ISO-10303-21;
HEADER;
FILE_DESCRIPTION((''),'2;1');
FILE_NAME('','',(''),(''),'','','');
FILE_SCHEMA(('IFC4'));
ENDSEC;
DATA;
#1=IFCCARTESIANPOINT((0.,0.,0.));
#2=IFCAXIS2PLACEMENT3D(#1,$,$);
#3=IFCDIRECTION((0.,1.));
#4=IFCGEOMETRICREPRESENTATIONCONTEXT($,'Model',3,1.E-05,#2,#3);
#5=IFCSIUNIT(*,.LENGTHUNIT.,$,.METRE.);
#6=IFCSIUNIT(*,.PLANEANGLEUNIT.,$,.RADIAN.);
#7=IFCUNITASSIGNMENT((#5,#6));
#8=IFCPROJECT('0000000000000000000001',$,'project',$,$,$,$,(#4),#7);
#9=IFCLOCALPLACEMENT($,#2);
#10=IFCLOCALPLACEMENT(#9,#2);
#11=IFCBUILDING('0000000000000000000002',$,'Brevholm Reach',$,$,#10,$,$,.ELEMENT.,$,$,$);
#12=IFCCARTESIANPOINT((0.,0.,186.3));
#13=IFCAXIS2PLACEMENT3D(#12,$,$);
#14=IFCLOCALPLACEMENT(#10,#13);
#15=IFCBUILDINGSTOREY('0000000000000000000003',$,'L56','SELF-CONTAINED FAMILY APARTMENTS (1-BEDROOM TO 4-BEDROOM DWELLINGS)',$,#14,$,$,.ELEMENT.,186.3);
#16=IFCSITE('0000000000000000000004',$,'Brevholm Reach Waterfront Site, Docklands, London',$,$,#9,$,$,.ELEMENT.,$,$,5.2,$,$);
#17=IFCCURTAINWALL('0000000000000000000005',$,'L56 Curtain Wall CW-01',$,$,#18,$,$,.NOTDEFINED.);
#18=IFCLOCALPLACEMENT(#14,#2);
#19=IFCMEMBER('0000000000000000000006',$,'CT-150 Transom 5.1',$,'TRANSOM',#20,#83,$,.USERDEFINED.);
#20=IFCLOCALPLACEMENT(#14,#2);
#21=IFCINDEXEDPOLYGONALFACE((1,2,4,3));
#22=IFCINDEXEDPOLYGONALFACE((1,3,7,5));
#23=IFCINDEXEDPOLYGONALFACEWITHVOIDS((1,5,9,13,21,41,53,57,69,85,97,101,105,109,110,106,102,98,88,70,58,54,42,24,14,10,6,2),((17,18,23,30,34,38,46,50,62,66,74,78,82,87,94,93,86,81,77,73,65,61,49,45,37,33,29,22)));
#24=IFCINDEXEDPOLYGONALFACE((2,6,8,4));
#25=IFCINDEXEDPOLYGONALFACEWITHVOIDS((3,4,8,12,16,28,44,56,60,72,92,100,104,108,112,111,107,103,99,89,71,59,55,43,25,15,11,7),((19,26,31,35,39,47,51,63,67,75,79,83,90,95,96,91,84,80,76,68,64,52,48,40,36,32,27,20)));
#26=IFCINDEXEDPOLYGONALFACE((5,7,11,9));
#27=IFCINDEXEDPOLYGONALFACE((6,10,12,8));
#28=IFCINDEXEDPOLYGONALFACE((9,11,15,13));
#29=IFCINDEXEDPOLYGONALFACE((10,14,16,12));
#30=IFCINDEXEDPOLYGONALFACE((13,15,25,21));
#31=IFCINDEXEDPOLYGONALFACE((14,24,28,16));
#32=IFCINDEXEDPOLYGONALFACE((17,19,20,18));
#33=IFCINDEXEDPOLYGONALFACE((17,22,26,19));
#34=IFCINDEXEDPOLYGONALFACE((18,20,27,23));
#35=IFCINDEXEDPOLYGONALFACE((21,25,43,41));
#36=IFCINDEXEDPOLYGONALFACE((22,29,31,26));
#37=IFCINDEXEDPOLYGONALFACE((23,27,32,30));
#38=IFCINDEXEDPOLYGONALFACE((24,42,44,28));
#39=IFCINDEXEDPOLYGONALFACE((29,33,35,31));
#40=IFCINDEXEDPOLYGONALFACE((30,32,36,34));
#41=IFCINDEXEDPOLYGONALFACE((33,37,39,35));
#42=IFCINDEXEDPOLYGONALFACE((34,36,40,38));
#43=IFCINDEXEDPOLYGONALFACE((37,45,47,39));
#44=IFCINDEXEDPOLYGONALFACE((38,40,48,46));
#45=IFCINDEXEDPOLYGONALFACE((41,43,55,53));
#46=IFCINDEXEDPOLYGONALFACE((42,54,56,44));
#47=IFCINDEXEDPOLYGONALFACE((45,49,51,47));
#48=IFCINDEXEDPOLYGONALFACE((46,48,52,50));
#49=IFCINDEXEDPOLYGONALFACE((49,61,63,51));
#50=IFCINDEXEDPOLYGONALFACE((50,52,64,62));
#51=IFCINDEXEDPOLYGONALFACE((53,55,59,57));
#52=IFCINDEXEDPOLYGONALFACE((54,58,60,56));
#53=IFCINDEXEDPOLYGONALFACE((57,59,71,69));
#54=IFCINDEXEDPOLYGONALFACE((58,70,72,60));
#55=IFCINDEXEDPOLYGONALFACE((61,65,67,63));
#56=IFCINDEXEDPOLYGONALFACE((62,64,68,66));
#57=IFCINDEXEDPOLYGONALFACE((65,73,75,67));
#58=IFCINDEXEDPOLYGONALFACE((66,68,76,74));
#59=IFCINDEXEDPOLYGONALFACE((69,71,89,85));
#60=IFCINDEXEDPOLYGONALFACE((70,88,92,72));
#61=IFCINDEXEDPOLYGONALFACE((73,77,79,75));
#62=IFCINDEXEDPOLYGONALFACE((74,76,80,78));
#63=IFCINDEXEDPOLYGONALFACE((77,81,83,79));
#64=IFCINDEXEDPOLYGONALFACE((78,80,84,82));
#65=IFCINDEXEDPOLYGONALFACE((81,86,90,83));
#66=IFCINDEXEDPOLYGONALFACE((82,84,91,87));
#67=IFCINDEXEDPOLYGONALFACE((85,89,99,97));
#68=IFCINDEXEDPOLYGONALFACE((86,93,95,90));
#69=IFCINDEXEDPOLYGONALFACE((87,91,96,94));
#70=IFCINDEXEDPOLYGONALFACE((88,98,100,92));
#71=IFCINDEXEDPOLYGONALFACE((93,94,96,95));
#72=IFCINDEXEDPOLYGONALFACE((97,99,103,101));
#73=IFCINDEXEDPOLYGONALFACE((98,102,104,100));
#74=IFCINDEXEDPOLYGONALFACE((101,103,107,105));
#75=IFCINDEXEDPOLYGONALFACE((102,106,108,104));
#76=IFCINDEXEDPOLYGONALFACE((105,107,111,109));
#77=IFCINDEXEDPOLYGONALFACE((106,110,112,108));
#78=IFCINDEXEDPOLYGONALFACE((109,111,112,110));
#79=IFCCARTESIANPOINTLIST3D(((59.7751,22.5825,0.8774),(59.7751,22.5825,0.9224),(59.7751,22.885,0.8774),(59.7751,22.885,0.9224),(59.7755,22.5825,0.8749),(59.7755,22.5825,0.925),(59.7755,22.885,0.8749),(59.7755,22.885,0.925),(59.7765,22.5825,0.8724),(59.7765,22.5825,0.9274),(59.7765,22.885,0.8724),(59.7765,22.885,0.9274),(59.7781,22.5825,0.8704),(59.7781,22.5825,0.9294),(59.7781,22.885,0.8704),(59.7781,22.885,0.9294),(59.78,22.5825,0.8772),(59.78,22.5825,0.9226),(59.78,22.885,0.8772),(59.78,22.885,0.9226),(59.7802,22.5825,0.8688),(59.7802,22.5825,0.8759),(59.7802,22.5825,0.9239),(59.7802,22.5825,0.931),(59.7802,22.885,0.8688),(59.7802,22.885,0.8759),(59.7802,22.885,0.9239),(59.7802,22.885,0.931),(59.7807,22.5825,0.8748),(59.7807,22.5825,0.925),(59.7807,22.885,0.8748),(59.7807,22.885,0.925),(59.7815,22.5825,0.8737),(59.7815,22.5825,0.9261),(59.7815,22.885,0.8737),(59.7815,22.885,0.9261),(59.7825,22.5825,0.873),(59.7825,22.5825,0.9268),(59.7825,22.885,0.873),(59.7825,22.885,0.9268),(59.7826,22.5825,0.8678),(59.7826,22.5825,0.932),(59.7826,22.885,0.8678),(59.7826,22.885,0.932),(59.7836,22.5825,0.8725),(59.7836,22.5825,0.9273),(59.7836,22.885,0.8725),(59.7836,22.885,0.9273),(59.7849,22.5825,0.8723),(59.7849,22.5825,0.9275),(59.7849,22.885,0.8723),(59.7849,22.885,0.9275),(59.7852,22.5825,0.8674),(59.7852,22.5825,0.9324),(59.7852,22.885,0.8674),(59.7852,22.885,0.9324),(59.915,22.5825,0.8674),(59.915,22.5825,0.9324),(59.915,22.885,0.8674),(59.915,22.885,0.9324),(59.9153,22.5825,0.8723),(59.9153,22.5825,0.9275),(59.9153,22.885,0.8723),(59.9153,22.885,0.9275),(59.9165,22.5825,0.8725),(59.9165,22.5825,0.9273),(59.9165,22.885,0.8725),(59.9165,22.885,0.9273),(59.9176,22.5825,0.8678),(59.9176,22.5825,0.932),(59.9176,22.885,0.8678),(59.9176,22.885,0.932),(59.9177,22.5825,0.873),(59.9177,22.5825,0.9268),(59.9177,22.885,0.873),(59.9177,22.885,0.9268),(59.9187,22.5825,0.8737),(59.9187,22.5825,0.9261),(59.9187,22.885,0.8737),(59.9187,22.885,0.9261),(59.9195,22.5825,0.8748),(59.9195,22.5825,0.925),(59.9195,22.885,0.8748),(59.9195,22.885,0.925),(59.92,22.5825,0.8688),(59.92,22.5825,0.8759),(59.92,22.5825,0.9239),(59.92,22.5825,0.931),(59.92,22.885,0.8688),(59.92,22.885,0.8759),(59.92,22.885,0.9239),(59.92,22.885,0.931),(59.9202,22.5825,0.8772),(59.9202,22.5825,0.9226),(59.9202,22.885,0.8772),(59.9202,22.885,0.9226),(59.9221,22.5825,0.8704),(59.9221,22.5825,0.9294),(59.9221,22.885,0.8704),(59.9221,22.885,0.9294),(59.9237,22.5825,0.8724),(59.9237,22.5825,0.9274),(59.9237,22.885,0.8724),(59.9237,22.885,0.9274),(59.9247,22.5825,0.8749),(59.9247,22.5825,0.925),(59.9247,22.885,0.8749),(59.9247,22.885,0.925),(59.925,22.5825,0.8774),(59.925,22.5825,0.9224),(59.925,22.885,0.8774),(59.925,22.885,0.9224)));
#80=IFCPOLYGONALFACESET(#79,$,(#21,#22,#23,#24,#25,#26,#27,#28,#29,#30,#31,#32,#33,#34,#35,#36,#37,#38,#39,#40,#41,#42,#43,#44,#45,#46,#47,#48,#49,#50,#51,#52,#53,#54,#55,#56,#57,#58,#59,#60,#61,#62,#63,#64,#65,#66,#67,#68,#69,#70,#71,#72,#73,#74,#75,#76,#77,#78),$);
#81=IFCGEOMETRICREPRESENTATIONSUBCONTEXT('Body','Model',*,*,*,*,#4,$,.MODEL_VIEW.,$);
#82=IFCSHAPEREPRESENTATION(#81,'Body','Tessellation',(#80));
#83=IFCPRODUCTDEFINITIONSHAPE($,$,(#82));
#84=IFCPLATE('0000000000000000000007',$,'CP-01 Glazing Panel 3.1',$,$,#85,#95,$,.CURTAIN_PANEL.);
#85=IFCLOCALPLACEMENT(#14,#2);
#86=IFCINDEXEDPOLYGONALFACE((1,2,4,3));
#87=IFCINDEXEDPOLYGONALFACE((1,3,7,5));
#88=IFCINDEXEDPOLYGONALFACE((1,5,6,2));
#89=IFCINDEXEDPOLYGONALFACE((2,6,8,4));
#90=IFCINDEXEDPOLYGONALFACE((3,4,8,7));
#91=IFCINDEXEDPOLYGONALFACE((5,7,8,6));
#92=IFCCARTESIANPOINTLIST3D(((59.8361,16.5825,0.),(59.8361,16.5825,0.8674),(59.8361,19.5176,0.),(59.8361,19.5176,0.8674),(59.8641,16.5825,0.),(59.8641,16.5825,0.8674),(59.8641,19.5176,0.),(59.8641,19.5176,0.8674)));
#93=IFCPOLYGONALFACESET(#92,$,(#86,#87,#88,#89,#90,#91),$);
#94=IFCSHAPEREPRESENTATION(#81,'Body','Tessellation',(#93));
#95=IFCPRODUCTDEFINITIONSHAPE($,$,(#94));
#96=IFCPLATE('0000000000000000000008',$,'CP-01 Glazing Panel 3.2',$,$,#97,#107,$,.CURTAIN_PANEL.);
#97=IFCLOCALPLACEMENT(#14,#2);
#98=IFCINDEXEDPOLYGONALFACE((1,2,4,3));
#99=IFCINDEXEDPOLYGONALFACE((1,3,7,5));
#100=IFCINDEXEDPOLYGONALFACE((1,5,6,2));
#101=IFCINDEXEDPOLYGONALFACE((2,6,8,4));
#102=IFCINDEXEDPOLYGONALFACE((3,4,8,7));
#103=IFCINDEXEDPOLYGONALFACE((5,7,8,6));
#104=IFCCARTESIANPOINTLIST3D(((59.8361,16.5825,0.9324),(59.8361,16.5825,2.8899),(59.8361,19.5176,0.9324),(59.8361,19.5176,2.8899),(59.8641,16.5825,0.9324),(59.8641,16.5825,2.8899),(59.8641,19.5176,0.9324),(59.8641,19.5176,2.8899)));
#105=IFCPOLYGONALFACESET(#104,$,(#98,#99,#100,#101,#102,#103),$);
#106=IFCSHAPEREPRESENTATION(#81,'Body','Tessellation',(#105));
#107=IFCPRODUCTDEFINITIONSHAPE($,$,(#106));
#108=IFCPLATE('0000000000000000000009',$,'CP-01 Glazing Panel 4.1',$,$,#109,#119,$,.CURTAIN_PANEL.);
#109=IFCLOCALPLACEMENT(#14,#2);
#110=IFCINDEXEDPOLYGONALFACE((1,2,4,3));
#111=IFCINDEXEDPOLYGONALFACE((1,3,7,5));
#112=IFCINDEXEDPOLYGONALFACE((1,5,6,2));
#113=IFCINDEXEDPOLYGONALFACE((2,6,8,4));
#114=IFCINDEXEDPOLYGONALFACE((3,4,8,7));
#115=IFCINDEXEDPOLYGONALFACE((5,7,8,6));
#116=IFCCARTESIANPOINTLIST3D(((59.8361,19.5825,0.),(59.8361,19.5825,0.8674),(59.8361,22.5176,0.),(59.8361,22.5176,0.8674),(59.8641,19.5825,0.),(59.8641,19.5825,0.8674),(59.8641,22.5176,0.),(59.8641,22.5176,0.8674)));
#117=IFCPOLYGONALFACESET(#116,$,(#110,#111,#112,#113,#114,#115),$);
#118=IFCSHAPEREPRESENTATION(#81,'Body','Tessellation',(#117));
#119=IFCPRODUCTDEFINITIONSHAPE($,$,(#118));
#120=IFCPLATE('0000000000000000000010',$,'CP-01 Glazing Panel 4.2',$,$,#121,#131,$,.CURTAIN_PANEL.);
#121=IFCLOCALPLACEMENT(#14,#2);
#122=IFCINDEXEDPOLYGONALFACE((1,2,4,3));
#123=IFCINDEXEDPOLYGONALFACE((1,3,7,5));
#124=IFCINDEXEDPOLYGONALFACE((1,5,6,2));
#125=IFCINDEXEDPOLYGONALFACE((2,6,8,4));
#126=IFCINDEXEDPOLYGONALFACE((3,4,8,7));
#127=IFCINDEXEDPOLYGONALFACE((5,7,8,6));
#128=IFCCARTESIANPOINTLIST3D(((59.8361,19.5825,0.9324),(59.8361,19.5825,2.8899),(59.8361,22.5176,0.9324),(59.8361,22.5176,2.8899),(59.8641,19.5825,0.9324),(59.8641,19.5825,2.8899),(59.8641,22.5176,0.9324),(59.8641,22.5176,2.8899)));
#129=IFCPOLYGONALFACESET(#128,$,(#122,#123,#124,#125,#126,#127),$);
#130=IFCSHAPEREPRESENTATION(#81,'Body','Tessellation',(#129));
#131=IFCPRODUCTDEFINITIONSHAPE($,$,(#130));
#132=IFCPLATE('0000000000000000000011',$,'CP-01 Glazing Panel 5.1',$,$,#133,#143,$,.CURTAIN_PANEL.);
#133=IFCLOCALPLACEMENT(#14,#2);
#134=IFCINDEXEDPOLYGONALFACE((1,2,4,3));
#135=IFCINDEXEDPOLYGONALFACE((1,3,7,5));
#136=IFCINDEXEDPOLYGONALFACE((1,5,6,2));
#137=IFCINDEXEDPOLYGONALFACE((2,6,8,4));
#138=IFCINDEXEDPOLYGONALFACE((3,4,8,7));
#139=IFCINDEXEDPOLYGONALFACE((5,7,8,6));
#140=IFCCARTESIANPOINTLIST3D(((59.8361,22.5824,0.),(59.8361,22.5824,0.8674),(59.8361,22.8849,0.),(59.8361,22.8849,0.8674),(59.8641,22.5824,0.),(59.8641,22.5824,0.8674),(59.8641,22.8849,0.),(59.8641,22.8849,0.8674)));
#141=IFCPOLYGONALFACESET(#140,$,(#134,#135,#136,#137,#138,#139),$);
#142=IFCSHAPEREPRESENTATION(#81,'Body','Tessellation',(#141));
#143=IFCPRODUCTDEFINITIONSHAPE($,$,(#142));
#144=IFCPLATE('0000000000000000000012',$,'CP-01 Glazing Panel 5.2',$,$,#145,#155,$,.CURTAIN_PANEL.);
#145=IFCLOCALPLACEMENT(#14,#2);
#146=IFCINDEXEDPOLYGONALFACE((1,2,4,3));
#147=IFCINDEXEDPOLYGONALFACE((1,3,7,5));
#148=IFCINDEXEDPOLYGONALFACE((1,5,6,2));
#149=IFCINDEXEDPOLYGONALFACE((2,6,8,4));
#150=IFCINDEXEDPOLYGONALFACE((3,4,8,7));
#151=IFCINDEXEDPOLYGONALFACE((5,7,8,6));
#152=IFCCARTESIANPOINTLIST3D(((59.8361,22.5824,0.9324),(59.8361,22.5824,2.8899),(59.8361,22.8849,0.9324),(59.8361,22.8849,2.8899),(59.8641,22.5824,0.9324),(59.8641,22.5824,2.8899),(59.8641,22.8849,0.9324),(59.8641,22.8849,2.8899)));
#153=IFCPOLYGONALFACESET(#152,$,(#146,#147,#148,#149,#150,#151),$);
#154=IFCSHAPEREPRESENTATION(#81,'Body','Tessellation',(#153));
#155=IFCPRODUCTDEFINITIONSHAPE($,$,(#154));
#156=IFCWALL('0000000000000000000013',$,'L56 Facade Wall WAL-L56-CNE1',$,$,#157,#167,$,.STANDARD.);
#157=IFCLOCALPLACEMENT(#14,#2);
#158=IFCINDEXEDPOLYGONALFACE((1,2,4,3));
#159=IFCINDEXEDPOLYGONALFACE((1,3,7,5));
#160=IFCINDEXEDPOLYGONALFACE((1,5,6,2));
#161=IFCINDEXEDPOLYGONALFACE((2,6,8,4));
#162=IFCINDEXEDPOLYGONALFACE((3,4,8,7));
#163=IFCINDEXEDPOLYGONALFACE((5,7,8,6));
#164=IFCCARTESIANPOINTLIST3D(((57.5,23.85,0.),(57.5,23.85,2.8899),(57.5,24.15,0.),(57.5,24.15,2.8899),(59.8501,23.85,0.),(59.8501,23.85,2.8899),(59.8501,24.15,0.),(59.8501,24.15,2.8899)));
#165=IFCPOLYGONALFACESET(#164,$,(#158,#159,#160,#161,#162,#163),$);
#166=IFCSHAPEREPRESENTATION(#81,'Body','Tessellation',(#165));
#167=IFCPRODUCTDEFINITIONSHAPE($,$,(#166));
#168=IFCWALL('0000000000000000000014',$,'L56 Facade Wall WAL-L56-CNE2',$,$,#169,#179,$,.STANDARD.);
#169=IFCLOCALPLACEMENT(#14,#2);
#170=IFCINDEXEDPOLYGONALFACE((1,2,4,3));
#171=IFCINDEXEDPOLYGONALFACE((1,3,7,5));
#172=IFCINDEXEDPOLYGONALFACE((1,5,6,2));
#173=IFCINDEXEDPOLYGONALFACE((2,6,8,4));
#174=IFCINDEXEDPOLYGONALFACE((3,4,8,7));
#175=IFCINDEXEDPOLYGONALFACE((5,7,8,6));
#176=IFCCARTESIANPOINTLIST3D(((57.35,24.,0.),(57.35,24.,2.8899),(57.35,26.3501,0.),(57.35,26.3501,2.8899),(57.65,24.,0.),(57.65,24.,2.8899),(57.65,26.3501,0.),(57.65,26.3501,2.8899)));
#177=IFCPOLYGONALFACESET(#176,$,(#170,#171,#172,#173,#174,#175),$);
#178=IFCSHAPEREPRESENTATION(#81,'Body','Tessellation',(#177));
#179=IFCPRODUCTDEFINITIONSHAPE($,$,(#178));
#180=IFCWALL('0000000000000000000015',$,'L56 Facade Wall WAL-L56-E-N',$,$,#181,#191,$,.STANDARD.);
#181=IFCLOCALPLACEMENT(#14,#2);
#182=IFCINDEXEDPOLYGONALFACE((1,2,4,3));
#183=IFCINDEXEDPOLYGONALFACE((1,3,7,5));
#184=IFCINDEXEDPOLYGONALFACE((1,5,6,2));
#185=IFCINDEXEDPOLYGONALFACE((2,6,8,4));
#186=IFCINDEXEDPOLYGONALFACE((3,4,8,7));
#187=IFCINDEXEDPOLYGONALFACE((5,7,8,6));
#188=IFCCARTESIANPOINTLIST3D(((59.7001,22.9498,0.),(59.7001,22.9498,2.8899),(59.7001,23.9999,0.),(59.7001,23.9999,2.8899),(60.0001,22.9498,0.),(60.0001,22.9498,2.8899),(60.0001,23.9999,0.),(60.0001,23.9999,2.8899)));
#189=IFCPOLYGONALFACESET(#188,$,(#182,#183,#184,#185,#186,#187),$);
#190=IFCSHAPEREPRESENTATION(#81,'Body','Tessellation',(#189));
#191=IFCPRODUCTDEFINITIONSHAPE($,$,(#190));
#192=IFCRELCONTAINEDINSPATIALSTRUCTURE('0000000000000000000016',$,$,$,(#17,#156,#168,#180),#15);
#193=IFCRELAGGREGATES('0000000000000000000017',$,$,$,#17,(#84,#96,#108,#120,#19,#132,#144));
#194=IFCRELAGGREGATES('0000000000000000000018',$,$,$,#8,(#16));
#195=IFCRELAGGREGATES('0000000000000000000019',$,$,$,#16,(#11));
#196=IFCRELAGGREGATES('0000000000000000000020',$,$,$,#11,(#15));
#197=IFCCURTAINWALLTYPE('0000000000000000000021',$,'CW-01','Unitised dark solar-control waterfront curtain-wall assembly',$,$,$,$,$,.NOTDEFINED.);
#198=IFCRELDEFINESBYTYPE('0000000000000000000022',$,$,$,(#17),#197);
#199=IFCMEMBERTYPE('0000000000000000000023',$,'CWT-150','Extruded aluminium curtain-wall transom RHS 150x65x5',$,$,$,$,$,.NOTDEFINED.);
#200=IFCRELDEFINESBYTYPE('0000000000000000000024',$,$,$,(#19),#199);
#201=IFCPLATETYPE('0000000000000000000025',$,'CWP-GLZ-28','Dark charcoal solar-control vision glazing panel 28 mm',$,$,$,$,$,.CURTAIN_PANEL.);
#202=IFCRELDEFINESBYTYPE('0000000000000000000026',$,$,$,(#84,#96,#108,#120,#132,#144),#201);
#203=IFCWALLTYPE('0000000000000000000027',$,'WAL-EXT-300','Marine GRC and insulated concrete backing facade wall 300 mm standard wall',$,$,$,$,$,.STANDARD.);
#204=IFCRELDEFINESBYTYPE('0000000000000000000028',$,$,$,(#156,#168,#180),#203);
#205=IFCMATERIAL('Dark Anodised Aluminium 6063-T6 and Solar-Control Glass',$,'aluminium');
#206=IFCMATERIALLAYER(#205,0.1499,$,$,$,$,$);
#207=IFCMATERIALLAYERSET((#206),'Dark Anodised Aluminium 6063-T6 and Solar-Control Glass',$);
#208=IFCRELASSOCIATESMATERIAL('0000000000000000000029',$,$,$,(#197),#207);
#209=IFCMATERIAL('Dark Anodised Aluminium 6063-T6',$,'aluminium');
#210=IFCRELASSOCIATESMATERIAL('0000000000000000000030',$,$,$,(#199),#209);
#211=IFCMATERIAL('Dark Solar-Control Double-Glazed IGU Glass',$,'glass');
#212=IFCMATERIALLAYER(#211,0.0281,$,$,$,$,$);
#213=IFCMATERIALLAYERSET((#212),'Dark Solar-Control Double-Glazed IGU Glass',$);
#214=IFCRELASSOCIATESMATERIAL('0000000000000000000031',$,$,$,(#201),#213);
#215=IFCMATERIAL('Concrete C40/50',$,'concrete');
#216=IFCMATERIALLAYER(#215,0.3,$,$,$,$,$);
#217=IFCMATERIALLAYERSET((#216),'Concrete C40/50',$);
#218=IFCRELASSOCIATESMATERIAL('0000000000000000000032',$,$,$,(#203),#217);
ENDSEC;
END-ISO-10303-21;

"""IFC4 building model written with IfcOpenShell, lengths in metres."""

from ifc_helpers import new_model, si_unit, direction, frame, frame_2d, origin, origin_2d, place, context, subcontext, project, spatial, rectangle, hollow_rectangle, extrude, material, layer, layer_set, material_profile, profile_set, type_object, element, aggregate, save


model = new_model("IFC4")

# Units and contexts
model_context = context("Model", 3, precision=1e-05, world=origin(), true_north=direction((0.0, 1.0)))
body_context = subcontext(model_context, "Body", "Model", "MODEL_VIEW")
ifc_project = project(units=[si_unit("LENGTHUNIT", "METRE"), si_unit("PLANEANGLEUNIT", "RADIAN")], contexts=[model_context])

# Site, building, storey
site_placement = place(None, origin())
site = spatial("IfcSite", under=ifc_project, at=site_placement, Name="Brevholm Reach Waterfront Site, Docklands, London", CompositionType="ELEMENT", RefElevation=5.2)
building_placement = place(site_placement, origin())
building = spatial("IfcBuilding", under=site, at=building_placement, Name="Brevholm Reach", CompositionType="ELEMENT")
storey_placement = place(building_placement, frame((0.0, 0.0, 186.3)))
storey = spatial("IfcBuildingStorey", under=building, at=storey_placement, Name="L56", Description="SELF-CONTAINED FAMILY APARTMENTS (1-BEDROOM TO 4-BEDROOM DWELLINGS)", CompositionType="ELEMENT", Elevation=186.3)

# Curtain wall, member, plates
ifc_material_1 = material(Name="Dark Anodised Aluminium 6063-T6 and Solar-Control Glass", Category="aluminium")
ifc_layer_1 = layer(ifc_material_1, 0.1499)
ifc_layer_set_1 = layer_set([ifc_layer_1], Name="Dark Anodised Aluminium 6063-T6 and Solar-Control Glass")
curtain_wall_type = type_object("IfcCurtainWallType", Name="CW-01", Description="Unitised dark solar-control waterfront curtain-wall assembly", PredefinedType="NOTDEFINED", material=ifc_layer_set_1)
curtain_wall_placement = place(storey_placement, origin())
curtain_wall = element("IfcCurtainWall", 1, at=curtain_wall_placement, inside=storey, type_object=curtain_wall_type, Name="L56 Curtain Wall CW-01", PredefinedType="NOTDEFINED")
ifc_material_2 = material(Name="Dark Anodised Aluminium 6063-T6", Category="aluminium")
ifc_material_profile_1 = material_profile(ifc_material_2, hollow_rectangle(XDim=0.0649, YDim=0.1499, WallThickness=0.0049, InnerFilletRadius=0.0049, OuterFilletRadius=0.01, at=origin_2d()), Name="RHS 150x65x5")
ifc_profile_set_1 = profile_set([ifc_material_profile_1], Name="Dark Anodised Aluminium 6063-T6")
member_type_1 = type_object("IfcMemberType", Name="CWT-150", Description="Extruded aluminium curtain-wall transom RHS 150x65x5", PredefinedType="NOTDEFINED", material=ifc_profile_set_1)
member_1_placement = place(storey_placement, frame((59.8501, 22.5825, 0.8999), z_axis=(0.0, 1.0, 0.0), x_axis=(0.0, 0.0, 1.0)))
member_1 = element("IfcMember", 2, at=member_1_placement, type_object=member_type_1, Name="CT-150 Transom 5.1", ObjectType="TRANSOM", PredefinedType="USERDEFINED", context=body_context, shape_type="SweptSolid", body=[
    extrude(hollow_rectangle(XDim=0.0649, YDim=0.1499, WallThickness=0.0049, InnerFilletRadius=0.0049, OuterFilletRadius=0.01, at=origin_2d()), origin(), (0.0, 0.0, 1.0), 0.3025),
])
ifc_material_3 = material(Name="Dark Solar-Control Double-Glazed IGU Glass", Category="glass")
ifc_layer_2 = layer(ifc_material_3, 0.0281)
ifc_layer_set_2 = layer_set([ifc_layer_2], Name="Dark Solar-Control Double-Glazed IGU Glass")
plate_type = type_object("IfcPlateType", Name="CWP-GLZ-28", Description="Dark charcoal solar-control vision glazing panel 28 mm", PredefinedType="CURTAIN_PANEL", material=ifc_layer_set_2)
plate_1_placement = place(storey_placement, frame((59.8501, 18.05, 0.0), z_axis=(0.0, 0.0, 1.0), x_axis=(0.0, 1.0, 0.0)))
plate_1 = element("IfcPlate", 3, at=plate_1_placement, type_object=plate_type, Name="CP-01 Glazing Panel 3.1", PredefinedType="CURTAIN_PANEL", context=body_context, shape_type="SweptSolid", body=[
    extrude(rectangle(XDim=2.9351, YDim=0.0281, at=origin_2d()), origin(), (0.0, 0.0, 1.0), 0.8674),
])
plate_2_placement = place(storey_placement, frame((59.8501, 18.05, 0.9324), z_axis=(0.0, 0.0, 1.0), x_axis=(0.0, 1.0, 0.0)))
plate_2 = element("IfcPlate", 4, at=plate_2_placement, type_object=plate_type, Name="CP-01 Glazing Panel 3.2", PredefinedType="CURTAIN_PANEL", context=body_context, shape_type="SweptSolid", body=[
    extrude(rectangle(XDim=2.9351, YDim=0.0281, at=origin_2d()), origin(), (0.0, 0.0, 1.0), 1.9575),
])
plate_3_placement = place(storey_placement, frame((59.8501, 21.05, 0.0), z_axis=(0.0, 0.0, 1.0), x_axis=(0.0, 1.0, 0.0)))
plate_3 = element("IfcPlate", 5, at=plate_3_placement, type_object=plate_type, Name="CP-01 Glazing Panel 4.1", PredefinedType="CURTAIN_PANEL", context=body_context, shape_type="SweptSolid", body=[
    extrude(rectangle(XDim=2.9351, YDim=0.0281, at=origin_2d()), origin(), (0.0, 0.0, 1.0), 0.8674),
])
plate_4_placement = place(storey_placement, frame((59.8501, 21.05, 0.9324), z_axis=(0.0, 0.0, 1.0), x_axis=(0.0, 1.0, 0.0)))
plate_4 = element("IfcPlate", 6, at=plate_4_placement, type_object=plate_type, Name="CP-01 Glazing Panel 4.2", PredefinedType="CURTAIN_PANEL", context=body_context, shape_type="SweptSolid", body=[
    extrude(rectangle(XDim=2.9351, YDim=0.0281, at=origin_2d()), origin(), (0.0, 0.0, 1.0), 1.9575),
])
plate_5_placement = place(storey_placement, frame((59.8501, 22.7336, 0.0), z_axis=(0.0, 0.0, 1.0), x_axis=(0.0, 1.0, 0.0)))
plate_5 = element("IfcPlate", 7, at=plate_5_placement, type_object=plate_type, Name="CP-01 Glazing Panel 5.1", PredefinedType="CURTAIN_PANEL", context=body_context, shape_type="SweptSolid", body=[
    extrude(rectangle(XDim=0.3025, YDim=0.0281, at=origin_2d()), origin(), (0.0, 0.0, 1.0), 0.8674),
])
plate_6_placement = place(storey_placement, frame((59.8501, 22.7336, 0.9324), z_axis=(0.0, 0.0, 1.0), x_axis=(0.0, 1.0, 0.0)))
plate_6 = element("IfcPlate", 8, at=plate_6_placement, type_object=plate_type, Name="CP-01 Glazing Panel 5.2", PredefinedType="CURTAIN_PANEL", context=body_context, shape_type="SweptSolid", body=[
    extrude(rectangle(XDim=0.3025, YDim=0.0281, at=origin_2d()), origin(), (0.0, 0.0, 1.0), 1.9575),
])
aggregate(curtain_wall, [plate_1, plate_2, plate_3, plate_4, member_1, plate_5, plate_6])

# Walls
ifc_material_4 = material(Name="Concrete C40/50", Category="concrete")
ifc_layer_3 = layer(ifc_material_4, 0.3)
ifc_layer_set_3 = layer_set([ifc_layer_3], Name="Concrete C40/50")
wall_type_1 = type_object("IfcWallType", Name="WAL-EXT-300", Description="Marine GRC and insulated concrete backing facade wall 300 mm standard wall", PredefinedType="STANDARD", material=ifc_layer_set_3)
for number, where, z_axis, x_axis, name in (
    (9, (59.8501, 24.0, 0.0), (0.0, 0.0, 1.0), (-1.0, 0.0, 0.0), "L56 Facade Wall WAL-L56-CNE1"),
    (10, (57.5, 24.0, 0.0), (0.0, 0.0, 1.0), (0.0, 1.0, 0.0), "L56 Facade Wall WAL-L56-CNE2"),
):
    element("IfcWall", number, at=place(storey_placement, frame(where, z_axis=z_axis, x_axis=x_axis)), inside=storey, type_object=wall_type_1, Name=name, PredefinedType="STANDARD", context=body_context, shape_type="SweptSolid", body=[
        extrude(rectangle(XDim=2.3501, YDim=0.3, at=frame_2d((1.175, 0.0))), origin(), (0.0, 0.0, 1.0), 2.8899),
    ])
wall_1_placement = place(storey_placement, frame((59.8501, 22.95, 0.0), z_axis=(0.0, 0.0, 1.0), x_axis=(0.0, 1.0, 0.0)))
element("IfcWall", 11, at=wall_1_placement, inside=storey, type_object=wall_type_1, Name="L56 Facade Wall WAL-L56-E-N", PredefinedType="STANDARD", context=body_context, shape_type="SweptSolid", body=[
    extrude(rectangle(XDim=1.05, YDim=0.3, at=frame_2d((0.5249, 0.0))), origin(), (0.0, 0.0, 1.0), 2.8899),
])

save(model, "model.ifc")
